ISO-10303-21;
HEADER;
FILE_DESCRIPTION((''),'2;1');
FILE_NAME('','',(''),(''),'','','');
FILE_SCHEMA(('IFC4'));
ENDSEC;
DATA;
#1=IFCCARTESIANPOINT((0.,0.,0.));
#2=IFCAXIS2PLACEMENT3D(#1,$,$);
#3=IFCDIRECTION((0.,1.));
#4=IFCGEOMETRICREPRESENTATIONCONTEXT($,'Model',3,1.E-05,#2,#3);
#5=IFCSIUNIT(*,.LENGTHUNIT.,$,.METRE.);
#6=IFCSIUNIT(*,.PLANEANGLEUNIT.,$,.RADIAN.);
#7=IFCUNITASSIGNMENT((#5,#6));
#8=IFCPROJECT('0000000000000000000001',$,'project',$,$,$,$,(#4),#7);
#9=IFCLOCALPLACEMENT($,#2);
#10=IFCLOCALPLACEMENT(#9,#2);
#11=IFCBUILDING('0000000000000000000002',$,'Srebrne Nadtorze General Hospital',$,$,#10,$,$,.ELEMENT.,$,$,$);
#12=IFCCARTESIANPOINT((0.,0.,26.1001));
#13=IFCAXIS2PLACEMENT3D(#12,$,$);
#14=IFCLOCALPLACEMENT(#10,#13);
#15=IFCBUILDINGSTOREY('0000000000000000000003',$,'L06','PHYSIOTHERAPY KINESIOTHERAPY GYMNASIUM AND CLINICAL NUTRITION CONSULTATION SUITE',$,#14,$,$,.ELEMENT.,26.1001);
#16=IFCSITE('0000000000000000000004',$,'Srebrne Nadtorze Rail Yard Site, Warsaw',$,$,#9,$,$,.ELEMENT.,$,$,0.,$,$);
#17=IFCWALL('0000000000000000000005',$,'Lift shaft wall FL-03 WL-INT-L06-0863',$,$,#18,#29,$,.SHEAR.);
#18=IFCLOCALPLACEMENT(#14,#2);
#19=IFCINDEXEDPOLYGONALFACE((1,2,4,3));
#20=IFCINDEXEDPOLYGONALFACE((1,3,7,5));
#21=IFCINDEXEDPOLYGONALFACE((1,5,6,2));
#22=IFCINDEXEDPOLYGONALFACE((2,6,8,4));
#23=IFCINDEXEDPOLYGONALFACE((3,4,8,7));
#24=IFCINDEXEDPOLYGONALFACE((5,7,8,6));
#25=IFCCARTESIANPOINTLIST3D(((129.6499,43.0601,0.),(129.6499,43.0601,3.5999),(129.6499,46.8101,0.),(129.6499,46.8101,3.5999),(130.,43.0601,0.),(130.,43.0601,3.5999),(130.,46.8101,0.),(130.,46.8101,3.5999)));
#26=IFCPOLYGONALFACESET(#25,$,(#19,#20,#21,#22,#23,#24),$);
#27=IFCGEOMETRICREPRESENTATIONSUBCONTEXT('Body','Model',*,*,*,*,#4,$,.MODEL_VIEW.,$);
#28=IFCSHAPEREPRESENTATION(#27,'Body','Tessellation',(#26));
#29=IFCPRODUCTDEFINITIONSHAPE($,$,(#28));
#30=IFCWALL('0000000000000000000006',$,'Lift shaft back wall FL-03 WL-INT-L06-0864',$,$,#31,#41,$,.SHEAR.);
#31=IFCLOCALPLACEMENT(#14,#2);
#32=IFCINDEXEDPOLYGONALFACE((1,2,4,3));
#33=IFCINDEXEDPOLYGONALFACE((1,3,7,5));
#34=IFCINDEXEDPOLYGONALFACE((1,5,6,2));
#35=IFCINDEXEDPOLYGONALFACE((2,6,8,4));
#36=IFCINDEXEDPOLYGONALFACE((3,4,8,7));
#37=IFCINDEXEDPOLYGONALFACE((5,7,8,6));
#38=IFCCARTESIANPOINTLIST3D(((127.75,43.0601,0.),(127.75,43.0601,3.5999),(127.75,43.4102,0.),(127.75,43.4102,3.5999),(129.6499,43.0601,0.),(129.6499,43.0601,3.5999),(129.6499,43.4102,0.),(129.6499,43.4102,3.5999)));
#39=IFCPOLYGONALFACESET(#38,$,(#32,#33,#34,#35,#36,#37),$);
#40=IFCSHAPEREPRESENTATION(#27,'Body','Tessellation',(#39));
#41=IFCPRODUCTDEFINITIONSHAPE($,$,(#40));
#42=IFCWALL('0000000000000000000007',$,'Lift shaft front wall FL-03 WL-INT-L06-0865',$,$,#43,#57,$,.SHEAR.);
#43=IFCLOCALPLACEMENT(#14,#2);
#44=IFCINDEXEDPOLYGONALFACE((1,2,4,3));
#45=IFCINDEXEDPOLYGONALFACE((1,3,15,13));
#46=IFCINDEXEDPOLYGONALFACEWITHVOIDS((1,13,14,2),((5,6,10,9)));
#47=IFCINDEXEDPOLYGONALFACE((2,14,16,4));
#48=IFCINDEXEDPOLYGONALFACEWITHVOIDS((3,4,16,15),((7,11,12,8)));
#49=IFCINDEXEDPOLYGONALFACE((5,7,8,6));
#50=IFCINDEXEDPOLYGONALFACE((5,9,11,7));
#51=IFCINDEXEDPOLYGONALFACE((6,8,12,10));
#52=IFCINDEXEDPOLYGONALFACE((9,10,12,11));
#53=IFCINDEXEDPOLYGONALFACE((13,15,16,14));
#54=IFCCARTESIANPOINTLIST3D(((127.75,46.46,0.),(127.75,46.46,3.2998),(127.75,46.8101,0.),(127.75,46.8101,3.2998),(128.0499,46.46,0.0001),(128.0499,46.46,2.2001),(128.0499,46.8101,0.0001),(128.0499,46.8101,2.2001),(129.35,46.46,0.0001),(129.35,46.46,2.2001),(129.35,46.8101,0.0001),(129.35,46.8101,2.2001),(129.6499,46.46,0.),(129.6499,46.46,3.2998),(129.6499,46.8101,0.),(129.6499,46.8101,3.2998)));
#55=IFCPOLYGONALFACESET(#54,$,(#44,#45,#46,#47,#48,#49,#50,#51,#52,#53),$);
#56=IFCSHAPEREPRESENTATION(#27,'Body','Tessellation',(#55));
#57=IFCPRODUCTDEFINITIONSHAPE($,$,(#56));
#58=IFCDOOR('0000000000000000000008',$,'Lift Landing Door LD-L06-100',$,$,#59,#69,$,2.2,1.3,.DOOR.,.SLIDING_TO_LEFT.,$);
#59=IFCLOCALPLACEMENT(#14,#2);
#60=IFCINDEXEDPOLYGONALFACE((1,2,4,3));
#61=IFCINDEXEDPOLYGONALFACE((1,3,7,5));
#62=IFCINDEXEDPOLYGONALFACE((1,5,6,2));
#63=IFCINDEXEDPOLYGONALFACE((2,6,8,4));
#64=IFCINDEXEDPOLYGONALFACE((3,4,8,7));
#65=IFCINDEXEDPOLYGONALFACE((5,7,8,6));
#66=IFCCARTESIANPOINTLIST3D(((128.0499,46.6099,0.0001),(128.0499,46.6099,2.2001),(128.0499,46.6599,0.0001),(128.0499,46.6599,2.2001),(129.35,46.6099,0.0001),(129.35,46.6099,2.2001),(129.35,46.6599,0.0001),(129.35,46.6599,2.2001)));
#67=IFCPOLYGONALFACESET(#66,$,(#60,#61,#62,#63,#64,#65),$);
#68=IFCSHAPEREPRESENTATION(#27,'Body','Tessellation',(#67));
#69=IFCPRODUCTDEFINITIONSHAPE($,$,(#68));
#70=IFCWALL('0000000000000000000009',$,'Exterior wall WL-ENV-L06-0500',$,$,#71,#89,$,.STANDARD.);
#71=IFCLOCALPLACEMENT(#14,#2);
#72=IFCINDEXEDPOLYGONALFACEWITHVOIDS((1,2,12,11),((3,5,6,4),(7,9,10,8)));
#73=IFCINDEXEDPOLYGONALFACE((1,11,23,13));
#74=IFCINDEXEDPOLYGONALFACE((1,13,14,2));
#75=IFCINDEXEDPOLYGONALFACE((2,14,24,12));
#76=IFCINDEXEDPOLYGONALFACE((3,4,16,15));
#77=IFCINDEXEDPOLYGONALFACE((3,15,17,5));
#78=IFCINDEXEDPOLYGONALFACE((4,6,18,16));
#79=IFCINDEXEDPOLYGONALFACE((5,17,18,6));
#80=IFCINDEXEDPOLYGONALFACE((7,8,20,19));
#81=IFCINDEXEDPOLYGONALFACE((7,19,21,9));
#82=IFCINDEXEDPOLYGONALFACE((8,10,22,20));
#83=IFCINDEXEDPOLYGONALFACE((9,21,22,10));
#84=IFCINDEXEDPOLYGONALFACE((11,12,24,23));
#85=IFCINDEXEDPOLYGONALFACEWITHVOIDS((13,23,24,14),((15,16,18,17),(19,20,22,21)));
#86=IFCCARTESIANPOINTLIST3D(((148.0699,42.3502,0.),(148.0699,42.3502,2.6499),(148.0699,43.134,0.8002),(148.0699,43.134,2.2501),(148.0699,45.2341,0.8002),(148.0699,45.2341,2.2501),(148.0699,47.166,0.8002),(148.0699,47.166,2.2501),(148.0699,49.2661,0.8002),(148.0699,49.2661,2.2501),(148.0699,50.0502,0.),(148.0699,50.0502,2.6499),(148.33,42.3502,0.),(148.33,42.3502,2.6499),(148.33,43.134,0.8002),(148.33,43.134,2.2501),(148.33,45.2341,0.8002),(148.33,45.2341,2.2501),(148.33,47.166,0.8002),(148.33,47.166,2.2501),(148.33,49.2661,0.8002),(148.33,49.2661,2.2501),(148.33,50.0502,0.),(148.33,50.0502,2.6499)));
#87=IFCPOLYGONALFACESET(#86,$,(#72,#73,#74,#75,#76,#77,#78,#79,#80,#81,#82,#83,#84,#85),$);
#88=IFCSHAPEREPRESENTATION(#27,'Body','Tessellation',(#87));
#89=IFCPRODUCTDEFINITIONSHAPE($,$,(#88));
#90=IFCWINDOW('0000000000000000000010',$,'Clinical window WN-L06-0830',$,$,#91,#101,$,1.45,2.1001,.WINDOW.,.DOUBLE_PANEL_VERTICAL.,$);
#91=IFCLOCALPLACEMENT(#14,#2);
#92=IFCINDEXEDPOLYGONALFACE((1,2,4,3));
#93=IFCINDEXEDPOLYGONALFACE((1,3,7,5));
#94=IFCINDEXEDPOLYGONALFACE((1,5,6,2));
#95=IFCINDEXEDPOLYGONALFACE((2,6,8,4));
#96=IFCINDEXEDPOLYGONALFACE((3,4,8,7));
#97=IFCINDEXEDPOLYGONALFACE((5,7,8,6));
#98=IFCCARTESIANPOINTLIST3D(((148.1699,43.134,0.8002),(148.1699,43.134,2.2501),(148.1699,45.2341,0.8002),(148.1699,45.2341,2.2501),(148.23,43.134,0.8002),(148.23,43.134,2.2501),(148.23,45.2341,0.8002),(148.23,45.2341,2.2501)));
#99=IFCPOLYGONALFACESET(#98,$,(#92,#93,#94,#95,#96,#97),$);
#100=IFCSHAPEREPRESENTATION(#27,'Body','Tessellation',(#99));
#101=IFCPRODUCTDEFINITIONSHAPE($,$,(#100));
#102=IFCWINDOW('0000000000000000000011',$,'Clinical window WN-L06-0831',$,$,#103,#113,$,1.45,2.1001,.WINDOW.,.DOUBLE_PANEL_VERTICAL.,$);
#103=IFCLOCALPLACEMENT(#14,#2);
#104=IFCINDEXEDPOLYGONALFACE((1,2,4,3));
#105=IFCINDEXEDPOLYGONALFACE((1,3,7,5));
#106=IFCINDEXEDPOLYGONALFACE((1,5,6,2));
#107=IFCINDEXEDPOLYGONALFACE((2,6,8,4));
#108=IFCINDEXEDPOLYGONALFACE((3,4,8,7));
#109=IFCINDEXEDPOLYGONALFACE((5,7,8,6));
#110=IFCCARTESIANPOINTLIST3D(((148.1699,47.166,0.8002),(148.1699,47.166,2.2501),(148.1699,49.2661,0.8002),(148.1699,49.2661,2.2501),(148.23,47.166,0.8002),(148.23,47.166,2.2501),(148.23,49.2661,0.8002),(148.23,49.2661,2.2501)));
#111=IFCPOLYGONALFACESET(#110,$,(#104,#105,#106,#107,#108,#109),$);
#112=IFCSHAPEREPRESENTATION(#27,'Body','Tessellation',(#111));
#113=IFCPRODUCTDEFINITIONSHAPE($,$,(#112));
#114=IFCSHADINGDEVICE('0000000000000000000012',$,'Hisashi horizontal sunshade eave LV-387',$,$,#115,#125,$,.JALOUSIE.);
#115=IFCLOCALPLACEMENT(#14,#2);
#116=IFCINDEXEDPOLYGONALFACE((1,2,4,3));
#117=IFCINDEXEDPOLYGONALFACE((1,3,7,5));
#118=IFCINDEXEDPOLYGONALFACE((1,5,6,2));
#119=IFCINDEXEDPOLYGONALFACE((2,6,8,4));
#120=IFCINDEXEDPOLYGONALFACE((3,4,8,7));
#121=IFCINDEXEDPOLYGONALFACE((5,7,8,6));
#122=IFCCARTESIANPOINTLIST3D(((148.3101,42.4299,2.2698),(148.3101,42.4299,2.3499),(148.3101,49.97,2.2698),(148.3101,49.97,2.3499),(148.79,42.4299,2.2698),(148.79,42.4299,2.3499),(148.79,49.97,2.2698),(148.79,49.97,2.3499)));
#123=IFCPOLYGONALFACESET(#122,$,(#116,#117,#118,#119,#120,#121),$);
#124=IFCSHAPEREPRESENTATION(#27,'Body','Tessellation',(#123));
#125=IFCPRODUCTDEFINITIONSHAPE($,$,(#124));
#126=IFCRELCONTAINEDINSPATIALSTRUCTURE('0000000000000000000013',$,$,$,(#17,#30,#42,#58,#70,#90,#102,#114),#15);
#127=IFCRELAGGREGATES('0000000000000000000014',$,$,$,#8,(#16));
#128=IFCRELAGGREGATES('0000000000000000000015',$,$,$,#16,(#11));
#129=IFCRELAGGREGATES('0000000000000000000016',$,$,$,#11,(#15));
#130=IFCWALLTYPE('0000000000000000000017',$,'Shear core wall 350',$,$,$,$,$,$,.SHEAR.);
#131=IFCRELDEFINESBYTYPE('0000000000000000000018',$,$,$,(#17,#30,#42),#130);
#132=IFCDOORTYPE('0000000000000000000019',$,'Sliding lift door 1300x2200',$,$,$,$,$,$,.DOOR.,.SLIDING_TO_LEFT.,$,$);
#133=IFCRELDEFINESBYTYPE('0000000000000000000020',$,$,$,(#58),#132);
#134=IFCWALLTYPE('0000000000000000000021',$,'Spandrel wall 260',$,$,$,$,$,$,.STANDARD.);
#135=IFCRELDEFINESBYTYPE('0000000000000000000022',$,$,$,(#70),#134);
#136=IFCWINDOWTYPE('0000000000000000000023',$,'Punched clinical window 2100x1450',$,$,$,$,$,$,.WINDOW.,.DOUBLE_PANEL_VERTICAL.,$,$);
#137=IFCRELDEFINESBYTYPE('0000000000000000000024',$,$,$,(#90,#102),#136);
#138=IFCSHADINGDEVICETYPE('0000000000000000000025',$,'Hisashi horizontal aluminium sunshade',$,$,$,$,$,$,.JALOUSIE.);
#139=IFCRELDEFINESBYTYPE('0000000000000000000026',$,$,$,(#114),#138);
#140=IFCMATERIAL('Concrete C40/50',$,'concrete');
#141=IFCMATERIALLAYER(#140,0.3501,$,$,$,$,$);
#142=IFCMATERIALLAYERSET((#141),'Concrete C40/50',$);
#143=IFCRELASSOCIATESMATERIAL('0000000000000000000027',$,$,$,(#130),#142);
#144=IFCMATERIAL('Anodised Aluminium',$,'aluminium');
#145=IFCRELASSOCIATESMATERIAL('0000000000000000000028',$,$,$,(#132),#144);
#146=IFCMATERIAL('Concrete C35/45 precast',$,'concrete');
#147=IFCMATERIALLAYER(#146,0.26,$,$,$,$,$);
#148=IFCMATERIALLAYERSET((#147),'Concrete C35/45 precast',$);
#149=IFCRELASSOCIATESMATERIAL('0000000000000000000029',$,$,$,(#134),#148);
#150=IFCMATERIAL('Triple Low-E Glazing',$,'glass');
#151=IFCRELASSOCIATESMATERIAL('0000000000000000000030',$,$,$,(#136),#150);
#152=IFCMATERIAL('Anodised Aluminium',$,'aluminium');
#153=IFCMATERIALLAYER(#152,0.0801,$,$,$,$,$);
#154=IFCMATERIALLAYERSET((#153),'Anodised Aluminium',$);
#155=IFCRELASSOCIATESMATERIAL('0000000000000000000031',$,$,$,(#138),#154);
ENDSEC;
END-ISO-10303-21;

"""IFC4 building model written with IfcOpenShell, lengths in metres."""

from ifc_helpers import new_model, si_unit, direction, frame, frame_2d, origin, origin_2d, place, context, subcontext, project, spatial, rectangle, extrude, material, layer, layer_set, type_object, element, fill, save


model = new_model("IFC4")

# Units and contexts
model_context = context("Model", 3, precision=1e-05, world=origin(), true_north=direction((0.0, 1.0)))
body_context = subcontext(model_context, "Body", "Model", "MODEL_VIEW")
ifc_project = project(units=[si_unit("LENGTHUNIT", "METRE"), si_unit("PLANEANGLEUNIT", "RADIAN")], contexts=[model_context])

# Site, building, storey
site_placement = place(None, origin())
site = spatial("IfcSite", under=ifc_project, at=site_placement, Name="Srebrne Nadtorze Rail Yard Site, Warsaw", CompositionType="ELEMENT", RefElevation=0.0)
building_placement = place(site_placement, origin())
building = spatial("IfcBuilding", under=site, at=building_placement, Name="Srebrne Nadtorze General Hospital", CompositionType="ELEMENT")
storey_placement = place(building_placement, frame((0.0, 0.0, 26.1001)))
storey = spatial("IfcBuildingStorey", under=building, at=storey_placement, Name="L06", Description="PHYSIOTHERAPY KINESIOTHERAPY GYMNASIUM AND CLINICAL NUTRITION CONSULTATION SUITE", CompositionType="ELEMENT", Elevation=26.1001)

# Walls
ifc_material_1 = material(Name="Concrete C40/50", Category="concrete")
ifc_layer_1 = layer(ifc_material_1, 0.3501)
ifc_layer_set_1 = layer_set([ifc_layer_1], Name="Concrete C40/50")
wall_type_1 = type_object("IfcWallType", Name="Shear core wall 350", PredefinedType="SHEAR", material=ifc_layer_set_1)
for number, where, z_axis, x_axis, name in (
    (1, (129.825, 43.0601, 0.0), (0.0, 0.0, 1.0), (0.0, 1.0, 0.0), "Lift shaft wall FL-03 WL-INT-L06-0863"),
):
    element("IfcWall", number, at=place(storey_placement, frame(where, z_axis=z_axis, x_axis=x_axis)), inside=storey, type_object=wall_type_1, Name=name, PredefinedType="SHEAR", context=body_context, shape_type="SweptSolid", body=[
        extrude(rectangle(XDim=3.75, YDim=0.3501, at=frame_2d((1.875, 0.0))), origin(), (0.0, 0.0, 1.0), 3.5999),
    ])
wall_1_placement = place(storey_placement, frame((127.75, 43.2351, 0.0), z_axis=(0.0, 0.0, 1.0), x_axis=(1.0, 0.0, 0.0)))
element("IfcWall", 2, at=wall_1_placement, inside=storey, type_object=wall_type_1, Name="Lift shaft back wall FL-03 WL-INT-L06-0864", PredefinedType="SHEAR", context=body_context, shape_type="SweptSolid", body=[
    extrude(rectangle(XDim=1.8999, YDim=0.3501, at=frame_2d((0.95, 0.0))), origin(), (0.0, 0.0, 1.0), 3.5999),
])

# Wall, opening, door
wall_2_placement = place(storey_placement, frame((127.75, 46.635, 0.0), z_axis=(0.0, 0.0, 1.0), x_axis=(1.0, 0.0, 0.0)))
wall_2 = element("IfcWall", 3, at=wall_2_placement, inside=storey, type_object=wall_type_1, Name="Lift shaft front wall FL-03 WL-INT-L06-0865", PredefinedType="SHEAR", context=body_context, shape_type="SweptSolid", body=[
    extrude(rectangle(XDim=1.8999, YDim=0.3501, at=frame_2d((0.95, 0.0))), origin(), (0.0, 0.0, 1.0), 3.2998),
])
opening_1_placement = place(wall_2_placement, frame((0.3, 0.0, 0.0)))
opening_1 = element("IfcOpeningElement", 4, at=opening_1_placement, cuts=wall_2, PredefinedType="OPENING", context=body_context, shape_type="SweptSolid", body=[
    extrude(rectangle(XDim=1.3, YDim=2.2, at=frame_2d((0.6499, 1.1001))), frame((0.0, 0.187, 0.0), z_axis=(0.0, -1.0, 0.0), x_axis=(1.0, 0.0, 0.0)), (0.0, 0.0, 1.0), 0.374),
])
ifc_material_2 = material(Name="Anodised Aluminium", Category="aluminium")
door_type_1 = type_object("IfcDoorType", Name="Sliding lift door 1300x2200", OperationType="SLIDING_TO_LEFT", PredefinedType="DOOR", material=ifc_material_2)
door_1_placement = place(opening_1_placement, origin())
door_1 = element("IfcDoor", 5, at=door_1_placement, inside=storey, type_object=door_type_1, Name="Lift Landing Door LD-L06-100", OperationType="SLIDING_TO_LEFT", OverallHeight=2.2, OverallWidth=1.3, PredefinedType="DOOR", context=body_context, shape_type="SweptSolid", body=[
    extrude(rectangle(XDim=1.3, YDim=2.2, at=frame_2d((0.6499, 1.1001))), frame((0.0, 0.0249, 0.0), z_axis=(0.0, -1.0, 0.0), x_axis=(1.0, 0.0, 0.0)), (0.0, 0.0, 1.0), 0.05),
])
fill(opening_1, door_1)

# Wall, openings, windows
ifc_material_3 = material(Name="Concrete C35/45 precast", Category="concrete")
ifc_layer_2 = layer(ifc_material_3, 0.26)
ifc_layer_set_2 = layer_set([ifc_layer_2], Name="Concrete C35/45 precast")
wall_type_2 = type_object("IfcWallType", Name="Spandrel wall 260", PredefinedType="STANDARD", material=ifc_layer_set_2)
wall_3_placement = place(storey_placement, frame((148.2, 42.3501, 0.0), z_axis=(0.0, 0.0, 1.0), x_axis=(0.0, 1.0, 0.0)))
wall_3 = element("IfcWall", 6, at=wall_3_placement, inside=storey, type_object=wall_type_2, Name="Exterior wall WL-ENV-L06-0500", PredefinedType="STANDARD", context=body_context, shape_type="SweptSolid", body=[
    extrude(rectangle(XDim=7.7, YDim=0.26, at=frame_2d((3.8501, 0.0))), origin(), (0.0, 0.0, 1.0), 2.6499),
])
opening_2_placement = place(wall_3_placement, frame((0.7839, 0.0, 0.8)))
opening_2 = element("IfcOpeningElement", 7, at=opening_2_placement, cuts=wall_3, PredefinedType="OPENING", context=body_context, shape_type="SweptSolid", body=[
    extrude(rectangle(XDim=2.1001, YDim=1.45, at=frame_2d((1.05, 0.7251))), frame((0.0, 0.1421, 0.0), z_axis=(0.0, -1.0, 0.0), x_axis=(1.0, 0.0, 0.0)), (0.0, 0.0, 1.0), 0.2839),
])
opening_3_placement = place(wall_3_placement, frame((4.8159, 0.0, 0.8)))
opening_3 = element("IfcOpeningElement", 8, at=opening_3_placement, cuts=wall_3, PredefinedType="OPENING", context=body_context, shape_type="SweptSolid", body=[
    extrude(rectangle(XDim=2.1001, YDim=1.45, at=frame_2d((1.05, 0.7251))), frame((0.0, 0.1421, 0.0), z_axis=(0.0, -1.0, 0.0), x_axis=(1.0, 0.0, 0.0)), (0.0, 0.0, 1.0), 0.2839),
])
ifc_material_4 = material(Name="Triple Low-E Glazing", Category="glass")
window_type = type_object("IfcWindowType", Name="Punched clinical window 2100x1450", PartitioningType="DOUBLE_PANEL_VERTICAL", PredefinedType="WINDOW", material=ifc_material_4)
window_1_placement = place(opening_2_placement, origin())
window_1 = element("IfcWindow", 9, at=window_1_placement, inside=storey, type_object=window_type, Name="Clinical window WN-L06-0830", OverallHeight=1.45, OverallWidth=2.1001, PartitioningType="DOUBLE_PANEL_VERTICAL", PredefinedType="WINDOW", context=body_context, shape_type="SweptSolid", body=[
    extrude(rectangle(XDim=2.1001, YDim=1.45, at=frame_2d((1.05, 0.7251))), frame((0.0, 0.03, 0.0), z_axis=(0.0, -1.0, 0.0), x_axis=(1.0, 0.0, 0.0)), (0.0, 0.0, 1.0), 0.0601),
])
fill(opening_2, window_1)
window_2_placement = place(opening_3_placement, origin())
window_2 = element("IfcWindow", 10, at=window_2_placement, inside=storey, type_object=window_type, Name="Clinical window WN-L06-0831", OverallHeight=1.45, OverallWidth=2.1001, PartitioningType="DOUBLE_PANEL_VERTICAL", PredefinedType="WINDOW", context=body_context, shape_type="SweptSolid", body=[
    extrude(rectangle(XDim=2.1001, YDim=1.45, at=frame_2d((1.05, 0.7251))), frame((0.0, 0.03, 0.0), z_axis=(0.0, -1.0, 0.0), x_axis=(1.0, 0.0, 0.0)), (0.0, 0.0, 1.0), 0.0601),
])
fill(opening_3, window_2)

# Shading device
ifc_material_5 = material(Name="Anodised Aluminium", Category="aluminium")
ifc_layer_3 = layer(ifc_material_5, 0.0801)
ifc_layer_set_3 = layer_set([ifc_layer_3], Name="Anodised Aluminium")
shading_device_type = type_object("IfcShadingDeviceType", Name="Hisashi horizontal aluminium sunshade", PredefinedType="JALOUSIE", material=ifc_layer_set_3)
shading_device_placement = place(storey_placement, frame((148.55, 46.2, 2.2698), z_axis=(0.0, 0.0, 1.0), x_axis=(1.0, 0.0, 0.0)))
element("IfcShadingDevice", 11, at=shading_device_placement, inside=storey, type_object=shading_device_type, Name="Hisashi horizontal sunshade eave LV-387", PredefinedType="JALOUSIE", context=body_context, shape_type="SweptSolid", body=[
    extrude(rectangle(XDim=0.48, YDim=7.54, at=origin_2d()), origin(), (0.0, 0.0, 1.0), 0.0801),
])

save(model, "model.ifc")
